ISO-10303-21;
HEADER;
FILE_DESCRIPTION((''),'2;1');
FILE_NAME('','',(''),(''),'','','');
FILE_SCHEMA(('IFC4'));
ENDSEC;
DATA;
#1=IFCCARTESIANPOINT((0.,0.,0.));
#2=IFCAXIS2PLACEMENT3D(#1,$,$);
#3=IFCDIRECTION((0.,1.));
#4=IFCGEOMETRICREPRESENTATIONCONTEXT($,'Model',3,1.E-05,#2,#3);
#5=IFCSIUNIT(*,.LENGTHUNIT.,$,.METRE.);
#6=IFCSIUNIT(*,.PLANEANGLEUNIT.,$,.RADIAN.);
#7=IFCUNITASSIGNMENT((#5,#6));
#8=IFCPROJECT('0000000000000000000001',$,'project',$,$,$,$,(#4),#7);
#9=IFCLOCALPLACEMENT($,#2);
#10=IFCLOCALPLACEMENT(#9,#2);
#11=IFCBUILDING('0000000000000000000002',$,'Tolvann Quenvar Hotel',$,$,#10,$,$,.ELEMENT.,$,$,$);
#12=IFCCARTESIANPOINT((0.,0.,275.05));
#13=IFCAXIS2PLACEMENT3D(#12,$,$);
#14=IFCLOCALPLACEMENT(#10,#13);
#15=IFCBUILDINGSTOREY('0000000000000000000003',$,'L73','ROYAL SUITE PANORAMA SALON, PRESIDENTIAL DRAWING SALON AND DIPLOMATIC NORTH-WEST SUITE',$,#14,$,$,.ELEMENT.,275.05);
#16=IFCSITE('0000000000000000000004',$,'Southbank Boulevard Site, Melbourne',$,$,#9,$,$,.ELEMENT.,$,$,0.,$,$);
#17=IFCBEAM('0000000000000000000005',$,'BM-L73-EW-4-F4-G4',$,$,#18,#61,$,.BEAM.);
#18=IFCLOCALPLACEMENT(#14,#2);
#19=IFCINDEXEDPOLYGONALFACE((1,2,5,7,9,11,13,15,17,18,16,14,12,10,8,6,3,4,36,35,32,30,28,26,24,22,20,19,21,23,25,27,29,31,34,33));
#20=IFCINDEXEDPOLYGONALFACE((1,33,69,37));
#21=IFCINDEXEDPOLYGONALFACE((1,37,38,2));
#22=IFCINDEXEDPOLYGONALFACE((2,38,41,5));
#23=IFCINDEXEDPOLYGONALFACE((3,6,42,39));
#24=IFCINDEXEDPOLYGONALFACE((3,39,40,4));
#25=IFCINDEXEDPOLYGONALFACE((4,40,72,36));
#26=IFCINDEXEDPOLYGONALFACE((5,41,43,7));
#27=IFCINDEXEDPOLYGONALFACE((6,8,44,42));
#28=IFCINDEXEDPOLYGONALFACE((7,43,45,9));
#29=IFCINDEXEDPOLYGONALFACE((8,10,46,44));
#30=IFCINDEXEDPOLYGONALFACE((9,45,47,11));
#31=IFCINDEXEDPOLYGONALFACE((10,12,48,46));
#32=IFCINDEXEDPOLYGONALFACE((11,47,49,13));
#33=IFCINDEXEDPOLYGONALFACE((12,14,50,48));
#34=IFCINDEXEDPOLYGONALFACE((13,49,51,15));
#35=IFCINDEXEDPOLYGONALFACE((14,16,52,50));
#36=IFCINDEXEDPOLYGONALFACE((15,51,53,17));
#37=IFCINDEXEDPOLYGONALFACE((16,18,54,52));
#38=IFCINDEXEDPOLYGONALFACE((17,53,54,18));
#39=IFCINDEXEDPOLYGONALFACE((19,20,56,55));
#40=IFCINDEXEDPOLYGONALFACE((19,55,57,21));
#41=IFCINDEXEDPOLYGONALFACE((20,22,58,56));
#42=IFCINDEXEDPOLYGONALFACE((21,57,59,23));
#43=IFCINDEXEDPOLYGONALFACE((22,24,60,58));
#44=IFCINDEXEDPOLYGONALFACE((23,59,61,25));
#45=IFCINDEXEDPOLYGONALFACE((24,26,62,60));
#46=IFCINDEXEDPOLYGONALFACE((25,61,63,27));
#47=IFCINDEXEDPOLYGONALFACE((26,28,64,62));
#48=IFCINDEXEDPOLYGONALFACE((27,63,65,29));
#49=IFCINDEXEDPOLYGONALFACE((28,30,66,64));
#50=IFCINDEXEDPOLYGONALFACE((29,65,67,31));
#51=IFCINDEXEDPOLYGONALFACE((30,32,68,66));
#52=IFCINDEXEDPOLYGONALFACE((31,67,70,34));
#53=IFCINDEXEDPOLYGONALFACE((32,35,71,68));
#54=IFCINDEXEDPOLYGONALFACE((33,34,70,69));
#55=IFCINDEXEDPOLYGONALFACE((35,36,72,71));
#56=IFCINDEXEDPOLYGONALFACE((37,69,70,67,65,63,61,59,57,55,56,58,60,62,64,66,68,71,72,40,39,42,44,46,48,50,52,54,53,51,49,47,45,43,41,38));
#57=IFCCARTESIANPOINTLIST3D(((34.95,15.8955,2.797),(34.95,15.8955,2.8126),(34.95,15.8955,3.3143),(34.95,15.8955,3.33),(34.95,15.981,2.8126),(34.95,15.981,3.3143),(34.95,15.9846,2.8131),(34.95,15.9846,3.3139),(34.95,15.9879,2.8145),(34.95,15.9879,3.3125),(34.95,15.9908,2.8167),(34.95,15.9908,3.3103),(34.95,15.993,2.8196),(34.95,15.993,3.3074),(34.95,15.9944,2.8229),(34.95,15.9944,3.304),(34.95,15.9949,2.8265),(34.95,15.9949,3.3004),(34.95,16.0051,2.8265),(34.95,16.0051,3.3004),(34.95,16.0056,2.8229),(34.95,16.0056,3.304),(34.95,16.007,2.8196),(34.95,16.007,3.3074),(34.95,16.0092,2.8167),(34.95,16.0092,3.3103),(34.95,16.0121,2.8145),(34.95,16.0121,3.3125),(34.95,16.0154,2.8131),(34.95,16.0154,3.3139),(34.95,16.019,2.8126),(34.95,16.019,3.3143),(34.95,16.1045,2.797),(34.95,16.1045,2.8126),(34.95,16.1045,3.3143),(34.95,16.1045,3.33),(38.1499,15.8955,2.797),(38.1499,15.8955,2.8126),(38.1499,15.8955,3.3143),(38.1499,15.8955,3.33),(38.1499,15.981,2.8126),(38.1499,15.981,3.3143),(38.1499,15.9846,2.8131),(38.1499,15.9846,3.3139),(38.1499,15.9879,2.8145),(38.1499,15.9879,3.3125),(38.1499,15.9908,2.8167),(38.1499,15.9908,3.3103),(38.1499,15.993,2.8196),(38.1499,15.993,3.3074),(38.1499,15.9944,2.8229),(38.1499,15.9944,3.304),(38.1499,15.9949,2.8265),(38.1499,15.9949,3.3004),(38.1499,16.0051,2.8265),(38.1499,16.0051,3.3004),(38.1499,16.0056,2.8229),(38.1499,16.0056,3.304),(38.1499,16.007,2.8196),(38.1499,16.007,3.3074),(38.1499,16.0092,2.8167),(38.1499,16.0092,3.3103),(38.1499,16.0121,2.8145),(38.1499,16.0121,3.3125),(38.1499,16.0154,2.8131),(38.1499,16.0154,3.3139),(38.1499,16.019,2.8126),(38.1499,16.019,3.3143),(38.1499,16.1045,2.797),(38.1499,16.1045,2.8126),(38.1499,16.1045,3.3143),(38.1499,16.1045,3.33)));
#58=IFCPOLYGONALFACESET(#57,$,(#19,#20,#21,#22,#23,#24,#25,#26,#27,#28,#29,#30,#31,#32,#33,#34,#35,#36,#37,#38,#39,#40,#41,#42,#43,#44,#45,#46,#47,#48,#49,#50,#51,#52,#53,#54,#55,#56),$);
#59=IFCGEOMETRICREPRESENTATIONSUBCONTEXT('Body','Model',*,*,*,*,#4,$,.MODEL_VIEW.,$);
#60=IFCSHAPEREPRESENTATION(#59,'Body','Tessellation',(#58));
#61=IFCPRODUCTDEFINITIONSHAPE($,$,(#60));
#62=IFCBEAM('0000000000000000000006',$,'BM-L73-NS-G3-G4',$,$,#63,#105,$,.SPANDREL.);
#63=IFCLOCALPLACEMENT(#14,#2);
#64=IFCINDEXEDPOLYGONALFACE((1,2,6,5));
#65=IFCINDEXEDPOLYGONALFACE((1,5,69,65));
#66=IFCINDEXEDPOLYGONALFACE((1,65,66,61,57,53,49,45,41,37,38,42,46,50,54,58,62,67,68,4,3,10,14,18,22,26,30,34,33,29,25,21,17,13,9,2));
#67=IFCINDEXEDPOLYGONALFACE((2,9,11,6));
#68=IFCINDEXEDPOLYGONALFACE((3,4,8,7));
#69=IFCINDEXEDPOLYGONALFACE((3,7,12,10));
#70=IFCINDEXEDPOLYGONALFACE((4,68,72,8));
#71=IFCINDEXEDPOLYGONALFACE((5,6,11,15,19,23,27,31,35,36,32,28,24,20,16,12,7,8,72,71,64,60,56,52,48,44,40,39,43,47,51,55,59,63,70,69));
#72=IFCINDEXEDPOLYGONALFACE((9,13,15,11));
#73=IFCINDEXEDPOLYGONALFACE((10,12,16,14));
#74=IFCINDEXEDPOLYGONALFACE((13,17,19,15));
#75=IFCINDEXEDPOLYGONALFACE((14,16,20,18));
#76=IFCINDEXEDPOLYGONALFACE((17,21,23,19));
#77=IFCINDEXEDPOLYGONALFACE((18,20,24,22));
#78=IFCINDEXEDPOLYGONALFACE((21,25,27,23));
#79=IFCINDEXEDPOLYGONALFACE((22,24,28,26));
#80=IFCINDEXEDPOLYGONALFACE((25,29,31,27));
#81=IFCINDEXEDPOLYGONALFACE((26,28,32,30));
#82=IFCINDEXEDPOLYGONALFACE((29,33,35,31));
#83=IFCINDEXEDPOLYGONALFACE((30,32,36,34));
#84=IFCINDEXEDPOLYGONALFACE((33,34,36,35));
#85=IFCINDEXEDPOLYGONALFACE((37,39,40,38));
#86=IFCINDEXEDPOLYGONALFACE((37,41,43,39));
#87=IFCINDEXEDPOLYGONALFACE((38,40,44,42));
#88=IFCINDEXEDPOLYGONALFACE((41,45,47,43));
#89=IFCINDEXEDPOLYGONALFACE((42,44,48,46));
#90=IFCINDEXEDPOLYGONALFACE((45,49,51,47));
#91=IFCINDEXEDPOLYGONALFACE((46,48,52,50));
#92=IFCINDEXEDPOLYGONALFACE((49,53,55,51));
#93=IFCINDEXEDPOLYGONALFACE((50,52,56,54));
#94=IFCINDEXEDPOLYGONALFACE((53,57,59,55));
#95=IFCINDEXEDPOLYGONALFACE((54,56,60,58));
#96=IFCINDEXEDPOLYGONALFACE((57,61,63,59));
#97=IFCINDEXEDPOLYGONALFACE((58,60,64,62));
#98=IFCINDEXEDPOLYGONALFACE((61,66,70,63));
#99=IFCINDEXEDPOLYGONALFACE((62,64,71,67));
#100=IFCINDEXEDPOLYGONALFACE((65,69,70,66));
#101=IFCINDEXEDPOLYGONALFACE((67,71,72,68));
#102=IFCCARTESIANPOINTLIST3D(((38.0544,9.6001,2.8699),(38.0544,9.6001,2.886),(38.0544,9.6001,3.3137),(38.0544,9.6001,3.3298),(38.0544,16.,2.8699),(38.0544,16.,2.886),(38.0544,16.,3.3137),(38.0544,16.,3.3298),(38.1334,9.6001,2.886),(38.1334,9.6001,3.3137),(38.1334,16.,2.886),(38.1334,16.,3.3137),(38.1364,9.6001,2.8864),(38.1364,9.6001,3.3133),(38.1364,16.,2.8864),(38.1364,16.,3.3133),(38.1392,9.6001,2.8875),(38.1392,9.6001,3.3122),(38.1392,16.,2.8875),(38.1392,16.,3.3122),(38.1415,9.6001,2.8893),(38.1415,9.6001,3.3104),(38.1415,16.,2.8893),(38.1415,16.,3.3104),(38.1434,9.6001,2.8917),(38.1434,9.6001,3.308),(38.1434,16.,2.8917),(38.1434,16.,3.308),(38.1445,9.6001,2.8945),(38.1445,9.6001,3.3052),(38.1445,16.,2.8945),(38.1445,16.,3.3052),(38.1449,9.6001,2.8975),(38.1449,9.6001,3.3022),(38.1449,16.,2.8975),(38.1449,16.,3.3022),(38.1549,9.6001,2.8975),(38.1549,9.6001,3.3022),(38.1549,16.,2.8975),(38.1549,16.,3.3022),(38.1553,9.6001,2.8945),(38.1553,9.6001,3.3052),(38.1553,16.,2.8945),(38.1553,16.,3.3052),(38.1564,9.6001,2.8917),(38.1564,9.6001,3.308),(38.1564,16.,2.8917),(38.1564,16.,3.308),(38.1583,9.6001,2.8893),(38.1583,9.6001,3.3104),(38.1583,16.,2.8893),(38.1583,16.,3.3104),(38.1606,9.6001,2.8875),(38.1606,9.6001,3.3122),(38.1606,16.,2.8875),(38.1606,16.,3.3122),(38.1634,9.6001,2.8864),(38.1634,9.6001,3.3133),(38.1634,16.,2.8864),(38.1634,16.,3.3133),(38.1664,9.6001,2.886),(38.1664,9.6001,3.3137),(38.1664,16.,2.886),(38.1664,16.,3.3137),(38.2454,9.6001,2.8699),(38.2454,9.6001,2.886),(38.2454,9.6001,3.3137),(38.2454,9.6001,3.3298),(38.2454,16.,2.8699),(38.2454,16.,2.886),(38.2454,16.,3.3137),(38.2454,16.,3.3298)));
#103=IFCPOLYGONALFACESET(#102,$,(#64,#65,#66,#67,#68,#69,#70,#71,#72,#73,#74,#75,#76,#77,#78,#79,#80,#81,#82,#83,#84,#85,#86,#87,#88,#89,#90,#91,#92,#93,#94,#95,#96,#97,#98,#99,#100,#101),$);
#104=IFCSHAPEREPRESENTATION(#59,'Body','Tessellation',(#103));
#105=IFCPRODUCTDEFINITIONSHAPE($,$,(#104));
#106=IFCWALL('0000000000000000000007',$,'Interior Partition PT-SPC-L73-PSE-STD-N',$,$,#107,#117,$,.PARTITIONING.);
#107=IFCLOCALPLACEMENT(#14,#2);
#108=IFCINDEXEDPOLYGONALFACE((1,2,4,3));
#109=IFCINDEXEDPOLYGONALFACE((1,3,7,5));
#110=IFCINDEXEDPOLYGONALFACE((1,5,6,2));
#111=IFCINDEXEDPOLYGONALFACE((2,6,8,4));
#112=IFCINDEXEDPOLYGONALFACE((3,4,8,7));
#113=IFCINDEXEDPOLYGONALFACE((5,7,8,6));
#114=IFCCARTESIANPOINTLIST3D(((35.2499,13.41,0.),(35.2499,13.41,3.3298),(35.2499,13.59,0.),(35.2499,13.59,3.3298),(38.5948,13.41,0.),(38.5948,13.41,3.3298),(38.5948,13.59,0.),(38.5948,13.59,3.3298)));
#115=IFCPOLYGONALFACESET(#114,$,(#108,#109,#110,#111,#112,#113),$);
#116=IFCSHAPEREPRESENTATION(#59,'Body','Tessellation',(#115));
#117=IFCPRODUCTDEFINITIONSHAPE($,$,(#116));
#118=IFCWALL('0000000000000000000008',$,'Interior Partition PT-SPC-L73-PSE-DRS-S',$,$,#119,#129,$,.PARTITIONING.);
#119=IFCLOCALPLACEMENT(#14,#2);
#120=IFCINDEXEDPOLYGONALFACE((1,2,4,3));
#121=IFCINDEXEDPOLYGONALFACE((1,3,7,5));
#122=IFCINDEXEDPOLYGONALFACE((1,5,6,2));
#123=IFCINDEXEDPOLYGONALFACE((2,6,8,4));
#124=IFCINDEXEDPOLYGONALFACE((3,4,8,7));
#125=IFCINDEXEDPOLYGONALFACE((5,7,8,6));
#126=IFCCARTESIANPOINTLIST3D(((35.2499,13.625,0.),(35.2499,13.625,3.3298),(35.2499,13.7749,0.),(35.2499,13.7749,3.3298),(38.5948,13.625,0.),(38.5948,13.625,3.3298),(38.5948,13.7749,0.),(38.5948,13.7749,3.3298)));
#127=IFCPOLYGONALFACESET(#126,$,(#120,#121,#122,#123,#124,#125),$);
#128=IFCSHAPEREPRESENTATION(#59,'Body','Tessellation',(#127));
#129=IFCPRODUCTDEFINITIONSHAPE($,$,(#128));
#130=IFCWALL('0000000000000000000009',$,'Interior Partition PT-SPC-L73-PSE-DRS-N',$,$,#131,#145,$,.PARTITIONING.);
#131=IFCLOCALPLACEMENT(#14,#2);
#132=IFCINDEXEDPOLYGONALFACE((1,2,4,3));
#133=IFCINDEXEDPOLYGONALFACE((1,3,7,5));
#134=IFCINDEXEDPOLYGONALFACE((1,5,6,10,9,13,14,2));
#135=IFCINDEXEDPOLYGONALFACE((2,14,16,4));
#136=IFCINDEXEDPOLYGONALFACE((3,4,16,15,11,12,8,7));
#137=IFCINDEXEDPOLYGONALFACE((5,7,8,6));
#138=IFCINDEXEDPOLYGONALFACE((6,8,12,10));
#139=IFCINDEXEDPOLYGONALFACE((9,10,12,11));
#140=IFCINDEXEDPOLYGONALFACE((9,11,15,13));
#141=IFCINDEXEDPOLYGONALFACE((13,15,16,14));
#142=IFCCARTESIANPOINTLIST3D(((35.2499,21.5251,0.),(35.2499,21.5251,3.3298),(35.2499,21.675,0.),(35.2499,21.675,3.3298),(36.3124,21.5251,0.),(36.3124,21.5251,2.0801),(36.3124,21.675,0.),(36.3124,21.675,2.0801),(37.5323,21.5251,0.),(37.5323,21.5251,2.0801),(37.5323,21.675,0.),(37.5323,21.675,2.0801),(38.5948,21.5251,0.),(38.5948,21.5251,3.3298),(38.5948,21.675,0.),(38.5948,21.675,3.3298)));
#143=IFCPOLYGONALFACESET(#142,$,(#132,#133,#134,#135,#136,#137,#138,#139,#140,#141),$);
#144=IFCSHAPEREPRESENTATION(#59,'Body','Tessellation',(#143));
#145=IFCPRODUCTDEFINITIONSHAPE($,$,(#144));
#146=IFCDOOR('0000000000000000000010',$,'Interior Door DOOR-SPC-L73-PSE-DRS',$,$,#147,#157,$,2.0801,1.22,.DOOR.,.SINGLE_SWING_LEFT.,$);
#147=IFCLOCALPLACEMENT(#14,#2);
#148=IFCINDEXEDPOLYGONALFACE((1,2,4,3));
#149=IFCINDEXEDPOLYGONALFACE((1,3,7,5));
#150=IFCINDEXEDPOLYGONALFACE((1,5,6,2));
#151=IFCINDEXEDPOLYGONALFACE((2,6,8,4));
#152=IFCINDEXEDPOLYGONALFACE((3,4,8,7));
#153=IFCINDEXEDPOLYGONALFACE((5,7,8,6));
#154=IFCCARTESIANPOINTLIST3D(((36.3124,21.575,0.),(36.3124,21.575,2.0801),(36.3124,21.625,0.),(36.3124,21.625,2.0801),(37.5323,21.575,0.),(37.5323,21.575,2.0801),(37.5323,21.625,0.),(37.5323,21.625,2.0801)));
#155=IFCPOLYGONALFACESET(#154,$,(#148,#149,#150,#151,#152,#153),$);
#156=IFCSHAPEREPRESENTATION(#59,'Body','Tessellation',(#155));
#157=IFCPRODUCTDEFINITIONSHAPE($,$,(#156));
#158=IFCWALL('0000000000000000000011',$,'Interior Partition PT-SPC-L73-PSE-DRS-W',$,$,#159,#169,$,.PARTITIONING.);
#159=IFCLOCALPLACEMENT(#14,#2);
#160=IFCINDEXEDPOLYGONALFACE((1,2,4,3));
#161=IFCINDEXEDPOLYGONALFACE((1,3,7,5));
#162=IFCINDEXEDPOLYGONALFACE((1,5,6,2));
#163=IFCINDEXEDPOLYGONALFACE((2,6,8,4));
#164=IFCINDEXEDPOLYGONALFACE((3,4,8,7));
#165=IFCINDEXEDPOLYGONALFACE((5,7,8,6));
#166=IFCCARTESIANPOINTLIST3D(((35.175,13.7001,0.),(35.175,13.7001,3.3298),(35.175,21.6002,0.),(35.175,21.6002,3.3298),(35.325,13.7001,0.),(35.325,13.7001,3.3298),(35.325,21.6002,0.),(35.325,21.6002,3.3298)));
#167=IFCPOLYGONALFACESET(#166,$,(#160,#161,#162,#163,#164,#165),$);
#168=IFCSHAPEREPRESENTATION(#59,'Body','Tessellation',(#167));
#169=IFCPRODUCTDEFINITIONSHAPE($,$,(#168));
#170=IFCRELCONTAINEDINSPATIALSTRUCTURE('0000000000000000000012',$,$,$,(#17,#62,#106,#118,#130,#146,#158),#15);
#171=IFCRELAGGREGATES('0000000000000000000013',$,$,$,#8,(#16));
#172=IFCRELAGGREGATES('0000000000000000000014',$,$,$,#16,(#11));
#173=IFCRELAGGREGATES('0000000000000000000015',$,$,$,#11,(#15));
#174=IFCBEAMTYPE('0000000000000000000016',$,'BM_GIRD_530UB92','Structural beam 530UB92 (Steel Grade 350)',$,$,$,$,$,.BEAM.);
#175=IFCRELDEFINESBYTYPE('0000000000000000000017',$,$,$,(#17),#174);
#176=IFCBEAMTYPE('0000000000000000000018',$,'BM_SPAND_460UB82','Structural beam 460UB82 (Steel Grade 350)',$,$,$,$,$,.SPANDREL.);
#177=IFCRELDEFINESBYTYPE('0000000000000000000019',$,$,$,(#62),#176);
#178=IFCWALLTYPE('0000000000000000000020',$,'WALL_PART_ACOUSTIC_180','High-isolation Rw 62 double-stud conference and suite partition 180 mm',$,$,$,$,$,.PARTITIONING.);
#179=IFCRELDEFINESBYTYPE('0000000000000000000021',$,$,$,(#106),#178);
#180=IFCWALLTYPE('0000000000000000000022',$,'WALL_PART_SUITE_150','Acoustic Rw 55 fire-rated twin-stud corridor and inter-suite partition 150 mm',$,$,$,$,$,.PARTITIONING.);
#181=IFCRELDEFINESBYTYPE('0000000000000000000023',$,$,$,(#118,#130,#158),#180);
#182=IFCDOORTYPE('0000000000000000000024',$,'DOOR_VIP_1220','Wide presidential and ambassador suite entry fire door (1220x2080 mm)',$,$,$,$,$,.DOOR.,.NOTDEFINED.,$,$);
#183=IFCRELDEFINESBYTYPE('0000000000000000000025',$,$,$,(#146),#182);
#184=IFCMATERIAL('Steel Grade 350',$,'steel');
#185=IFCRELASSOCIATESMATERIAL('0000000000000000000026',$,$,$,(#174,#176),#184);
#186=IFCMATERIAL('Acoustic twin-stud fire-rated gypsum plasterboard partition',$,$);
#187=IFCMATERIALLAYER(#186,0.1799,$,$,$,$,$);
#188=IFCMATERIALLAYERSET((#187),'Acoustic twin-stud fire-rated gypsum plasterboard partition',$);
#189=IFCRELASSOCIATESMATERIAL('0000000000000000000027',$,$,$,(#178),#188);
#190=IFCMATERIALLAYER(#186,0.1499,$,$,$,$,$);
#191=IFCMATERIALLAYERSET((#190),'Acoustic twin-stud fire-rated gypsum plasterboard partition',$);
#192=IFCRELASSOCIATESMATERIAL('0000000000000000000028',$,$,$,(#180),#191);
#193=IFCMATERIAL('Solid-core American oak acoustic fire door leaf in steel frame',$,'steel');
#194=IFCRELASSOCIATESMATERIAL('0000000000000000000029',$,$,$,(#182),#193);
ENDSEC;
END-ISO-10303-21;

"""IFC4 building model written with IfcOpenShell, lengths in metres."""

from ifc_helpers import new_model, si_unit, direction, frame, frame_2d, origin, origin_2d, place, context, subcontext, project, spatial, rectangle, i_section, extrude, source, transform, mapped, material, layer, layer_set, material_profile, profile_set, type_object, type_shapes, element, fill, save


model = new_model("IFC4")

# Units and contexts
model_context = context("Model", 3, precision=1e-05, world=origin(), true_north=direction((0.0, 1.0)))
body_context = subcontext(model_context, "Body", "Model", "MODEL_VIEW")
ifc_project = project(units=[si_unit("LENGTHUNIT", "METRE"), si_unit("PLANEANGLEUNIT", "RADIAN")], contexts=[model_context])

# Site, building, storey
site_placement = place(None, origin())
site = spatial("IfcSite", under=ifc_project, at=site_placement, Name="Southbank Boulevard Site, Melbourne", CompositionType="ELEMENT", RefElevation=0.0)
building_placement = place(site_placement, origin())
building = spatial("IfcBuilding", under=site, at=building_placement, Name="Tolvann Quenvar Hotel", CompositionType="ELEMENT")
storey_placement = place(building_placement, frame((0.0, 0.0, 275.05)))
storey = spatial("IfcBuildingStorey", under=building, at=storey_placement, Name="L73", Description="ROYAL SUITE PANORAMA SALON, PRESIDENTIAL DRAWING SALON AND DIPLOMATIC NORTH-WEST SUITE", CompositionType="ELEMENT", Elevation=275.05)

# Shared definitions
ifc_material_1 = material(Name="Steel Grade 350", Category="steel")

# Beams
ifc_material_profile_1 = material_profile(ifc_material_1, i_section(OverallWidth=0.209, OverallDepth=0.533, WebThickness=0.0103, FlangeThickness=0.0156, FilletRadius=0.0139, at=origin_2d()), Name="530UB92")
ifc_profile_set_1 = profile_set([ifc_material_profile_1], Name="Steel Grade 350")
beam_type_1 = type_object("IfcBeamType", Name="BM_GIRD_530UB92", Description="Structural beam 530UB92 (Steel Grade 350)", PredefinedType="BEAM", material=ifc_profile_set_1)
ifc_material_profile_2 = material_profile(ifc_material_1, i_section(OverallWidth=0.1909, OverallDepth=0.46, WebThickness=0.01, FlangeThickness=0.0161, FilletRadius=0.0115, at=origin_2d()), Name="460UB82")
ifc_profile_set_2 = profile_set([ifc_material_profile_2], Name="Steel Grade 350")
beam_type_2 = type_object("IfcBeamType", Name="BM_SPAND_460UB82", Description="Structural beam 460UB82 (Steel Grade 350)", PredefinedType="SPANDREL", material=ifc_profile_set_2)
shared_shape_1 = source(origin(), body_context, "Body", "SweptSolid", [
    extrude(i_section(OverallWidth=0.209, OverallDepth=0.533, WebThickness=0.0103, FlangeThickness=0.0156, FilletRadius=0.0139, at=origin_2d()), origin(), (0.0, 0.0, 1.0), 3.2),
])
beam_1_placement = place(storey_placement, frame((34.95, 16.0, 3.0635), z_axis=(1.0, 0.0, 0.0), x_axis=(0.0, 1.0, 0.0)))
element("IfcBeam", 1, at=beam_1_placement, inside=storey, type_object=beam_type_1, Name="BM-L73-EW-4-F4-G4", PredefinedType="BEAM", context=body_context, shape_type="MappedRepresentation", body=[
    mapped(shared_shape_1, transform((0.0, 0.0, 0.0), x_axis=(1.0, 0.0, 0.0), y_axis=(0.0, 1.0, 0.0), z_axis=(0.0, 0.0, 1.0), scale=1.0)),
])
shared_shape_2 = source(origin(), body_context, "Body", "SweptSolid", [
    extrude(i_section(OverallWidth=0.1909, OverallDepth=0.46, WebThickness=0.01, FlangeThickness=0.0161, FilletRadius=0.0115, at=origin_2d()), origin(), (0.0, 0.0, 1.0), 6.3999),
])
beam_2_placement = place(storey_placement, frame((38.1499, 9.6001, 3.0999), z_axis=(0.0, 1.0, 0.0), x_axis=(-1.0, 0.0, 0.0)))
element("IfcBeam", 2, at=beam_2_placement, inside=storey, type_object=beam_type_2, Name="BM-L73-NS-G3-G4", PredefinedType="SPANDREL", context=body_context, shape_type="MappedRepresentation", body=[
    mapped(shared_shape_2, transform((0.0, 0.0, 0.0), x_axis=(1.0, 0.0, 0.0), y_axis=(0.0, 1.0, 0.0), z_axis=(0.0, 0.0, 1.0), scale=1.0)),
])

# Walls
ifc_material_2 = material(Name="Acoustic twin-stud fire-rated gypsum plasterboard partition")
ifc_layer_1 = layer(ifc_material_2, 0.1799)
ifc_layer_set_1 = layer_set([ifc_layer_1], Name="Acoustic twin-stud fire-rated gypsum plasterboard partition")
wall_type_1 = type_object("IfcWallType", Name="WALL_PART_ACOUSTIC_180", Description="High-isolation Rw 62 double-stud conference and suite partition 180 mm", PredefinedType="PARTITIONING", material=ifc_layer_set_1)
wall_1_placement = place(storey_placement, frame((35.25, 13.5, 0.0), z_axis=(0.0, 0.0, 1.0), x_axis=(1.0, 0.0, 0.0)))
element("IfcWall", 3, at=wall_1_placement, inside=storey, type_object=wall_type_1, Name="Interior Partition PT-SPC-L73-PSE-STD-N", PredefinedType="PARTITIONING", context=body_context, shape_type="SweptSolid", body=[
    extrude(rectangle(XDim=3.345, YDim=0.1799, at=frame_2d((1.6724, 0.0))), origin(), (0.0, 0.0, 1.0), 3.3298),
])
ifc_layer_2 = layer(ifc_material_2, 0.1499)
ifc_layer_set_2 = layer_set([ifc_layer_2], Name="Acoustic twin-stud fire-rated gypsum plasterboard partition")
wall_type_2 = type_object("IfcWallType", Name="WALL_PART_SUITE_150", Description="Acoustic Rw 55 fire-rated twin-stud corridor and inter-suite partition 150 mm", PredefinedType="PARTITIONING", material=ifc_layer_set_2)
wall_2_placement = place(storey_placement, frame((35.25, 13.7, 0.0), z_axis=(0.0, 0.0, 1.0), x_axis=(1.0, 0.0, 0.0)))
element("IfcWall", 4, at=wall_2_placement, inside=storey, type_object=wall_type_2, Name="Interior Partition PT-SPC-L73-PSE-DRS-S", PredefinedType="PARTITIONING", context=body_context, shape_type="SweptSolid", body=[
    extrude(rectangle(XDim=3.345, YDim=0.1499, at=frame_2d((1.6724, 0.0))), origin(), (0.0, 0.0, 1.0), 3.3298),
])

# Wall, opening, door
wall_3_placement = place(storey_placement, frame((35.25, 21.6001, 0.0), z_axis=(0.0, 0.0, 1.0), x_axis=(1.0, 0.0, 0.0)))
wall_3 = element("IfcWall", 5, at=wall_3_placement, inside=storey, type_object=wall_type_2, Name="Interior Partition PT-SPC-L73-PSE-DRS-N", PredefinedType="PARTITIONING", context=body_context, shape_type="SweptSolid", body=[
    extrude(rectangle(XDim=3.345, YDim=0.1499, at=frame_2d((1.6724, 0.0))), origin(), (0.0, 0.0, 1.0), 3.3298),
])
opening_1_placement = place(wall_3_placement, frame((1.0625, 0.0, 0.0)))
opening_1 = element("IfcOpeningElement", 6, at=opening_1_placement, cuts=wall_3, PredefinedType="OPENING", context=body_context, shape_type="SweptSolid", body=[
    extrude(rectangle(XDim=1.22, YDim=2.0801, at=frame_2d((0.6099, 1.04))), frame((0.0, 0.085, 0.0), z_axis=(0.0, -1.0, 0.0), x_axis=(1.0, 0.0, 0.0)), (0.0, 0.0, 1.0), 0.1699),
])
ifc_material_3 = material(Name="Solid-core American oak acoustic fire door leaf in steel frame", Category="steel")
door_type = type_object("IfcDoorType", Name="DOOR_VIP_1220", Description="Wide presidential and ambassador suite entry fire door (1220x2080 mm)", OperationType="NOTDEFINED", PredefinedType="DOOR", material=ifc_material_3)
shared_shape_3 = source(origin(), body_context, "Body", "SweptSolid", [
    extrude(rectangle(XDim=1.22, YDim=2.0801, at=frame_2d((0.6099, 1.04))), frame((0.0, 0.0249, 0.0), z_axis=(0.0, -1.0, 0.0), x_axis=(1.0, 0.0, 0.0)), (0.0, 0.0, 1.0), 0.05),
])
type_shapes(door_type, [shared_shape_3])
door_placement = place(opening_1_placement, origin())
door = element("IfcDoor", 7, at=door_placement, inside=storey, type_object=door_type, Name="Interior Door DOOR-SPC-L73-PSE-DRS", OperationType="SINGLE_SWING_LEFT", OverallHeight=2.0801, OverallWidth=1.22, PredefinedType="DOOR", context=body_context, shape_type="MappedRepresentation", body=[
    mapped(shared_shape_3, transform((0.0, 0.0, 0.0), x_axis=(1.0, 0.0, 0.0), y_axis=(0.0, 1.0, 0.0), z_axis=(0.0, 0.0, 1.0), scale=1.0)),
])
fill(opening_1, door)

# Wall
wall_4_placement = place(storey_placement, frame((35.25, 13.7, 0.0), z_axis=(0.0, 0.0, 1.0), x_axis=(0.0, 1.0, 0.0)))
element("IfcWall", 8, at=wall_4_placement, inside=storey, type_object=wall_type_2, Name="Interior Partition PT-SPC-L73-PSE-DRS-W", PredefinedType="PARTITIONING", context=body_context, shape_type="SweptSolid", body=[
    extrude(rectangle(XDim=7.9001, YDim=0.1499, at=frame_2d((3.9502, 0.0))), origin(), (0.0, 0.0, 1.0), 3.3298),
])

save(model, "model.ifc")
